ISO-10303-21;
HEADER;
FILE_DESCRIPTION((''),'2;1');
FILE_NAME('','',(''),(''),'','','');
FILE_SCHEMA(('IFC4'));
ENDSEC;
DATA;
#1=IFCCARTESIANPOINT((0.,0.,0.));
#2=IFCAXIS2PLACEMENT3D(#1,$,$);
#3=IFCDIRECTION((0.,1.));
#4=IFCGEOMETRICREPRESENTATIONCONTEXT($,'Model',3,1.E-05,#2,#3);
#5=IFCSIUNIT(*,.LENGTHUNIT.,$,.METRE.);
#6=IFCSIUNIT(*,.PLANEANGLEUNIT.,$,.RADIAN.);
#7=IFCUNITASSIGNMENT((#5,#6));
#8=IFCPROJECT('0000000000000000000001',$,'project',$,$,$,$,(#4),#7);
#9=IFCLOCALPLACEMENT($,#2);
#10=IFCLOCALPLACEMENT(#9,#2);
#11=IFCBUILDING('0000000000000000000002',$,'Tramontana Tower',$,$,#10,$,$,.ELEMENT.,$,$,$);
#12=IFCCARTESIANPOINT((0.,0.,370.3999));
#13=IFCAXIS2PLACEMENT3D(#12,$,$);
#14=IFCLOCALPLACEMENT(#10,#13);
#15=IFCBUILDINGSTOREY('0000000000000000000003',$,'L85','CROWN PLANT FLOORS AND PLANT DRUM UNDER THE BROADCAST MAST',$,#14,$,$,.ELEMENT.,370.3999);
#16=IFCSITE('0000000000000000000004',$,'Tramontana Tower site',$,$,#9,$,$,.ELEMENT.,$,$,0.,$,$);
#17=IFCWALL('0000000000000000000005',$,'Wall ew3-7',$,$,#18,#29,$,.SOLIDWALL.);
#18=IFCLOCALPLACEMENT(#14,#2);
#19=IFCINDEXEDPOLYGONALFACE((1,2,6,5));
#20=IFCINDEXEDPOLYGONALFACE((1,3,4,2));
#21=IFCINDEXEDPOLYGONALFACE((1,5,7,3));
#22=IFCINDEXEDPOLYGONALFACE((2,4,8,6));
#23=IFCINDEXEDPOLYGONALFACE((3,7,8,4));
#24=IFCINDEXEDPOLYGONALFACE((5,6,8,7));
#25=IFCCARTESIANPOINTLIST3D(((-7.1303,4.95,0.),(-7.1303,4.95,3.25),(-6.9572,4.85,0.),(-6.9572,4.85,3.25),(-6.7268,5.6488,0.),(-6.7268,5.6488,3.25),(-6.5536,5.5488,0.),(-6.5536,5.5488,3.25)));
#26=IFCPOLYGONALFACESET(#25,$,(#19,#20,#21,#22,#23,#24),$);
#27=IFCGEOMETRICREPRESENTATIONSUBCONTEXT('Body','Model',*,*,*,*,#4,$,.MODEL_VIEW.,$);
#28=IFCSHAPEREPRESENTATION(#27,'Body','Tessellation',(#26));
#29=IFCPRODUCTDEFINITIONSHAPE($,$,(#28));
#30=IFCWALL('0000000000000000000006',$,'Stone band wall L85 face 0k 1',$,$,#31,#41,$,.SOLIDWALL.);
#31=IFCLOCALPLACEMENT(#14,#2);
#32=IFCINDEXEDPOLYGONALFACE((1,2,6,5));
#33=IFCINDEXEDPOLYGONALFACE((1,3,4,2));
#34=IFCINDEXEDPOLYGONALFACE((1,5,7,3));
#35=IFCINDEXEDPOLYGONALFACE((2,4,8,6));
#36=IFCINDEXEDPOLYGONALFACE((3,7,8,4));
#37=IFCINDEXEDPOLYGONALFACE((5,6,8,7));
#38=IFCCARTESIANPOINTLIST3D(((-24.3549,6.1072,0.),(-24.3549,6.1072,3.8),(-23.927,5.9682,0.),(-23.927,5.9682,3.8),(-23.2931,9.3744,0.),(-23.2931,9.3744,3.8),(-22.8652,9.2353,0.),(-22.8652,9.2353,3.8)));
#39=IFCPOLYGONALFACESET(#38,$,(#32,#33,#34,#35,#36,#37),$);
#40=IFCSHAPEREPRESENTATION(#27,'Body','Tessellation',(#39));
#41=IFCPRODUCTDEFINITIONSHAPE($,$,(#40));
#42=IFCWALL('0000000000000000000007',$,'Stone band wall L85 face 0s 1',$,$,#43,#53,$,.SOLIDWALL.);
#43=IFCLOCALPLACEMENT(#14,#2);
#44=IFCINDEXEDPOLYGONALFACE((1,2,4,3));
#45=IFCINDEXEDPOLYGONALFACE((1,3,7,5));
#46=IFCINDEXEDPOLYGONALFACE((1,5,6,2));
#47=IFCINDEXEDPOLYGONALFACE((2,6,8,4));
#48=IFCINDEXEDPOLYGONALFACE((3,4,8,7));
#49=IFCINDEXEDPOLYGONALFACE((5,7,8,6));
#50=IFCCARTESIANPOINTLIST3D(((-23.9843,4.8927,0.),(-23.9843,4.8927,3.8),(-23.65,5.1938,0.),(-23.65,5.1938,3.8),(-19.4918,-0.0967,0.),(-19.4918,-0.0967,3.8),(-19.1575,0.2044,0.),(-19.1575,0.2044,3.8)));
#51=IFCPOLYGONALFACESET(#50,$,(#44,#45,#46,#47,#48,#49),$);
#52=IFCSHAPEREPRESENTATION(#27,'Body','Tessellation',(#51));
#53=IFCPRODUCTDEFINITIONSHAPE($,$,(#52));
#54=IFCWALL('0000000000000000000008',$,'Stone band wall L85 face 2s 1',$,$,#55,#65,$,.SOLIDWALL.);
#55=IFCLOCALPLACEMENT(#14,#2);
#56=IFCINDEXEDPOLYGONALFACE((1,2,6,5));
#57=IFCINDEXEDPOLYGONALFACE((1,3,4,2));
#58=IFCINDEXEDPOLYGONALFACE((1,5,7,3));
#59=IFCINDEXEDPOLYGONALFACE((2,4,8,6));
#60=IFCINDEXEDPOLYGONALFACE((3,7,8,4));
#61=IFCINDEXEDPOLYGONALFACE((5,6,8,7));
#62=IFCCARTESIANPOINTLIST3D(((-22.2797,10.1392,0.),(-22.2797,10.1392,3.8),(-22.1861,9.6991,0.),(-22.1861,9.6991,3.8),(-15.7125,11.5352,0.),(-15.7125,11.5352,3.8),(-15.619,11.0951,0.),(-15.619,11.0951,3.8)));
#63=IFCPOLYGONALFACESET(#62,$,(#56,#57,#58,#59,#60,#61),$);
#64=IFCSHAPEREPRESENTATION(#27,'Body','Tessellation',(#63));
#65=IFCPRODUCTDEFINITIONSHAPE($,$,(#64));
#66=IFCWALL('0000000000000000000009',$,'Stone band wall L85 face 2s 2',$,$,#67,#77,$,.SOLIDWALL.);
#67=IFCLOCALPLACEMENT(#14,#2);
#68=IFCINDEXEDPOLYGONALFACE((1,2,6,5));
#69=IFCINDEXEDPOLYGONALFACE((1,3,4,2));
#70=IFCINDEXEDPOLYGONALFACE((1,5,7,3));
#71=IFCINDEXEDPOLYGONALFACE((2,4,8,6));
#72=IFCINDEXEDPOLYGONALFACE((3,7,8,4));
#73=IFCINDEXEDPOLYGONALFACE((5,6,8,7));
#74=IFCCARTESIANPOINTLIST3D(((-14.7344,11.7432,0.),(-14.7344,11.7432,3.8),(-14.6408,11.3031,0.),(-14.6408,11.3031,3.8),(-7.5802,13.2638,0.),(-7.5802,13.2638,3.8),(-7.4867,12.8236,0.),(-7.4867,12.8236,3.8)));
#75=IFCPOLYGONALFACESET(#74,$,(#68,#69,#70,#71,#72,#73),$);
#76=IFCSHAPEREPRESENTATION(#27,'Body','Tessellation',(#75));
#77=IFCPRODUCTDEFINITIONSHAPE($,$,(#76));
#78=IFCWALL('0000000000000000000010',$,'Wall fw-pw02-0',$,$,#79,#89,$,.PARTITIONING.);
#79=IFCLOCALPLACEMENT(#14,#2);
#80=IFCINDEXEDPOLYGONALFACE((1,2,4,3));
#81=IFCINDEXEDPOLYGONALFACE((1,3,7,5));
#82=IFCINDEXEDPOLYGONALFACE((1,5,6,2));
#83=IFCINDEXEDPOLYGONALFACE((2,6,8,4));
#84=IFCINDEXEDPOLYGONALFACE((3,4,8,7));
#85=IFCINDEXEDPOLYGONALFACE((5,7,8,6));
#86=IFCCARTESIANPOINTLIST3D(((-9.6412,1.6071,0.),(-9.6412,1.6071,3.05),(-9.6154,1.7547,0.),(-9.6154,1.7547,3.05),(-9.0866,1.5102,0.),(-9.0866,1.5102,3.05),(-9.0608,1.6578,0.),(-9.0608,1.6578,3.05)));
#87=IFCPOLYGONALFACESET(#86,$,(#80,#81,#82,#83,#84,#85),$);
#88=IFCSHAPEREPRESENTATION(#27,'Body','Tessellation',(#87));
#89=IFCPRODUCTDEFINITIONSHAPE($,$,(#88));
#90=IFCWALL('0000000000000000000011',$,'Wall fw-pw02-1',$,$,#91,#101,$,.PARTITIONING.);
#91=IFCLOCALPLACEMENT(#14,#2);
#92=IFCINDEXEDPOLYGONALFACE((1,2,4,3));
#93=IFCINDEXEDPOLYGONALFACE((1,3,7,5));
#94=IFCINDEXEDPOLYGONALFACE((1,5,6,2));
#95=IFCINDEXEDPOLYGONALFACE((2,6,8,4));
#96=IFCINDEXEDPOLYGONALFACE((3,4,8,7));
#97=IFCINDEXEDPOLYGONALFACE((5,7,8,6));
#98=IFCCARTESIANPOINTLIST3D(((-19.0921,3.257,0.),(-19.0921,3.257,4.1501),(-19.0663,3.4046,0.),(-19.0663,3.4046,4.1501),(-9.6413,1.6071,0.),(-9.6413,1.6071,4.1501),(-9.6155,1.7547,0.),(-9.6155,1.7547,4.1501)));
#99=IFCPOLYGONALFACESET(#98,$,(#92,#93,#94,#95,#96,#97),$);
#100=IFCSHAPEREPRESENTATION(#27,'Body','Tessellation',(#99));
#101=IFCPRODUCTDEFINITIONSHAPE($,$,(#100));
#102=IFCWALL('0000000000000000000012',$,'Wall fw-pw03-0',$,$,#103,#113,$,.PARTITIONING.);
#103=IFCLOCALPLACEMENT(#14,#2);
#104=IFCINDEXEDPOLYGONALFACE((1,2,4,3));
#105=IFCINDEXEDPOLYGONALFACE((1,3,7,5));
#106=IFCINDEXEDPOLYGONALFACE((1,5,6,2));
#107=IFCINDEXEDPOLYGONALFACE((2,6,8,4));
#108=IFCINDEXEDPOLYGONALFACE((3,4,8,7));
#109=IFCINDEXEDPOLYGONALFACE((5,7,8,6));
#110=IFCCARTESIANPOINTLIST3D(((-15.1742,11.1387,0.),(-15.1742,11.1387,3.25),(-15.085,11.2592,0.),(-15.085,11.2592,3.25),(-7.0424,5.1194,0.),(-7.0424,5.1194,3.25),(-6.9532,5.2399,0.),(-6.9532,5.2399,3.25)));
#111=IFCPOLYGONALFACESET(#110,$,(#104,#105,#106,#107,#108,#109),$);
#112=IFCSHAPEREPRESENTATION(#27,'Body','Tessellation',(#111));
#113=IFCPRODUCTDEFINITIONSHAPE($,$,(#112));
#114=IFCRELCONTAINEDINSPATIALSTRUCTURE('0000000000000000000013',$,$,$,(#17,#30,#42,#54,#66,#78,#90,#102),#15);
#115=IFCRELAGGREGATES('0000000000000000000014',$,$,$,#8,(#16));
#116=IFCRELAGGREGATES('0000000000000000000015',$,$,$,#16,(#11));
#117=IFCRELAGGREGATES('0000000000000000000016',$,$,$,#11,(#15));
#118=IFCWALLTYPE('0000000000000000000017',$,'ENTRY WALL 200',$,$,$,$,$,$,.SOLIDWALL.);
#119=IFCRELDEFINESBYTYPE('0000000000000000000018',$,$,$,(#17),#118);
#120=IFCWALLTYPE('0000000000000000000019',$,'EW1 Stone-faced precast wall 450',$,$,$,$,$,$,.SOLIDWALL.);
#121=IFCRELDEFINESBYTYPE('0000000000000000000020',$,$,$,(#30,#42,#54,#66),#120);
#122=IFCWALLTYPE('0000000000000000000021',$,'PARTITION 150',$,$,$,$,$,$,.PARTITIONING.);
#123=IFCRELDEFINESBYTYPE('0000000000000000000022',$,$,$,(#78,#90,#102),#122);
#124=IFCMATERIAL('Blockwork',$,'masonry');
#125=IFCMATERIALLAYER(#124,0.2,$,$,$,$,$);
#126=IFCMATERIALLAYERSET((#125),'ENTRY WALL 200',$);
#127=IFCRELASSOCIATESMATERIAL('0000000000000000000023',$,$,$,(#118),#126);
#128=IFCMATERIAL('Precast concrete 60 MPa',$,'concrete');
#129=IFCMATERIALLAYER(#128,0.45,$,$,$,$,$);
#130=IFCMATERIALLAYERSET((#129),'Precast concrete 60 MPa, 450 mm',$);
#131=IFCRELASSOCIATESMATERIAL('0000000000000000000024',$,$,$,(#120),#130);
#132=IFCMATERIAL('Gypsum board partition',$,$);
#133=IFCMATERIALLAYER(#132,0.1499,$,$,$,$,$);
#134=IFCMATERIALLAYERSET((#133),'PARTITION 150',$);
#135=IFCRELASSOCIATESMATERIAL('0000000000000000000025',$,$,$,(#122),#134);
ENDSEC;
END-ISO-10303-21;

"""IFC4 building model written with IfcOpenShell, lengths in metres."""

from ifc_helpers import new_model, si_unit, direction, frame, frame_2d, origin, place, context, subcontext, project, spatial, rectangle, extrude, material, layer, layer_set, type_object, element, save


model = new_model("IFC4")

# Units and contexts
model_context = context("Model", 3, precision=1e-05, world=origin(), true_north=direction((0.0, 1.0)))
body_context = subcontext(model_context, "Body", "Model", "MODEL_VIEW")
ifc_project = project(units=[si_unit("LENGTHUNIT", "METRE"), si_unit("PLANEANGLEUNIT", "RADIAN")], contexts=[model_context])

# Site, building, storey
site_placement = place(None, origin())
site = spatial("IfcSite", under=ifc_project, at=site_placement, Name="Tramontana Tower site", CompositionType="ELEMENT", RefElevation=0.0)
building_placement = place(site_placement, origin())
building = spatial("IfcBuilding", under=site, at=building_placement, Name="Tramontana Tower", CompositionType="ELEMENT")
storey_placement = place(building_placement, frame((0.0, 0.0, 370.3999)))
storey = spatial("IfcBuildingStorey", under=building, at=storey_placement, Name="L85", Description="CROWN PLANT FLOORS AND PLANT DRUM UNDER THE BROADCAST MAST", CompositionType="ELEMENT", Elevation=370.3999)

# Shared definitions
ifc_material_1 = material(Name="Blockwork", Category="masonry")
ifc_layer_1 = layer(ifc_material_1, 0.2)
ifc_layer_set_1 = layer_set([ifc_layer_1], Name="ENTRY WALL 200")
wall_type_1 = type_object("IfcWallType", Name="ENTRY WALL 200", PredefinedType="SOLIDWALL", material=ifc_layer_set_1)

# Walls
wall_1_placement = place(storey_placement, frame((-7.0437, 4.9001, 0.0), z_axis=(0.0, 0.0, 1.0), x_axis=(0.500141, 0.865944, 0.0)))
element("IfcWall", 1, at=wall_1_placement, inside=storey, type_object=wall_type_1, Name="Wall ew3-7", PredefinedType="SOLIDWALL", context=body_context, shape_type="SweptSolid", body=[
    extrude(rectangle(XDim=0.8069, YDim=0.2, at=frame_2d((0.4033, 0.0))), origin(), (0.0, 0.0, 1.0), 3.25),
])
ifc_material_2 = material(Name="Precast concrete 60 MPa", Category="concrete")
ifc_layer_2 = layer(ifc_material_2, 0.45)
ifc_layer_set_2 = layer_set([ifc_layer_2], Name="Precast concrete 60 MPa, 450 mm")
wall_type_2 = type_object("IfcWallType", Name="EW1 Stone-faced precast wall 450", PredefinedType="SOLIDWALL", material=ifc_layer_set_2)
wall_2_placement = place(storey_placement, frame((-23.0791, 9.3049, 0.0), z_axis=(0.0, 0.0, 1.0), x_axis=(-0.309076, -0.951037, 0.0)))
element("IfcWall", 2, at=wall_2_placement, inside=storey, type_object=wall_type_2, Name="Stone band wall L85 face 0k 1", PredefinedType="SOLIDWALL", context=body_context, shape_type="SweptSolid", body=[
    extrude(rectangle(XDim=3.4353, YDim=0.45, at=frame_2d((1.7178, 0.0))), origin(), (0.0, 0.0, 1.0), 3.8),
])
for number, where, z_axis, x_axis, name in (
    (3, (-23.8171, 5.0432, 0.0), (0.0, 0.0, 1.0), (0.669137, -0.743139, 0.0), "Stone band wall L85 face 0s 1"),
    (4, (-15.6658, 11.3152, 0.0), (0.0, 0.0, 1.0), (-0.978144, -0.207927, 0.0), "Stone band wall L85 face 2s 1"),
):
    element("IfcWall", number, at=place(storey_placement, frame(where, z_axis=z_axis, x_axis=x_axis)), inside=storey, type_object=wall_type_2, Name=name, PredefinedType="SOLIDWALL", context=body_context, shape_type="SweptSolid", body=[
        extrude(rectangle(XDim=6.7139, YDim=0.45, at=frame_2d((3.3569, 0.0))), origin(), (0.0, 0.0, 1.0), 3.8),
    ])
wall_3_placement = place(storey_placement, frame((-7.5334, 13.0437, 0.0), z_axis=(0.0, 0.0, 1.0), x_axis=(-0.978151, -0.207894, 0.0)))
element("IfcWall", 5, at=wall_3_placement, inside=storey, type_object=wall_type_2, Name="Stone band wall L85 face 2s 2", PredefinedType="SOLIDWALL", context=body_context, shape_type="SweptSolid", body=[
    extrude(rectangle(XDim=7.314, YDim=0.45, at=frame_2d((3.657, 0.0))), origin(), (0.0, 0.0, 1.0), 3.8),
])
ifc_material_3 = material(Name="Gypsum board partition")
ifc_layer_3 = layer(ifc_material_3, 0.1499)
ifc_layer_set_3 = layer_set([ifc_layer_3], Name="PARTITION 150")
wall_type_3 = type_object("IfcWallType", Name="PARTITION 150", PredefinedType="PARTITIONING", material=ifc_layer_set_3)
wall_4_placement = place(storey_placement, frame((-9.0737, 1.584, 0.0), z_axis=(0.0, 0.0, 1.0), x_axis=(-0.985075, 0.172128, 0.0)))
element("IfcWall", 6, at=wall_4_placement, inside=storey, type_object=wall_type_3, Name="Wall fw-pw02-0", PredefinedType="PARTITIONING", context=body_context, shape_type="SweptSolid", body=[
    extrude(rectangle(XDim=0.563, YDim=0.1499, at=frame_2d((0.2815, 0.0))), origin(), (0.0, 0.0, 1.0), 3.05),
])
wall_5_placement = place(storey_placement, frame((-9.6284, 1.6809, 0.0), z_axis=(0.0, 0.0, 1.0), x_axis=(-0.985101, 0.171975, 0.0)))
element("IfcWall", 7, at=wall_5_placement, inside=storey, type_object=wall_type_3, Name="Wall fw-pw02-1", PredefinedType="PARTITIONING", context=body_context, shape_type="SweptSolid", body=[
    extrude(rectangle(XDim=9.5938, YDim=0.1499, at=frame_2d((4.7969, 0.0))), origin(), (0.0, 0.0, 1.0), 4.1501),
])
wall_6_placement = place(storey_placement, frame((-6.9978, 5.1797, 0.0), z_axis=(0.0, 0.0, 1.0), x_axis=(-0.80376, 0.594953, 0.0)))
element("IfcWall", 8, at=wall_6_placement, inside=storey, type_object=wall_type_3, Name="Wall fw-pw03-0", PredefinedType="PARTITIONING", context=body_context, shape_type="SweptSolid", body=[
    extrude(rectangle(XDim=10.1172, YDim=0.1499, at=frame_2d((5.0586, 0.0))), origin(), (0.0, 0.0, 1.0), 3.25),
])

save(model, "model.ifc")
